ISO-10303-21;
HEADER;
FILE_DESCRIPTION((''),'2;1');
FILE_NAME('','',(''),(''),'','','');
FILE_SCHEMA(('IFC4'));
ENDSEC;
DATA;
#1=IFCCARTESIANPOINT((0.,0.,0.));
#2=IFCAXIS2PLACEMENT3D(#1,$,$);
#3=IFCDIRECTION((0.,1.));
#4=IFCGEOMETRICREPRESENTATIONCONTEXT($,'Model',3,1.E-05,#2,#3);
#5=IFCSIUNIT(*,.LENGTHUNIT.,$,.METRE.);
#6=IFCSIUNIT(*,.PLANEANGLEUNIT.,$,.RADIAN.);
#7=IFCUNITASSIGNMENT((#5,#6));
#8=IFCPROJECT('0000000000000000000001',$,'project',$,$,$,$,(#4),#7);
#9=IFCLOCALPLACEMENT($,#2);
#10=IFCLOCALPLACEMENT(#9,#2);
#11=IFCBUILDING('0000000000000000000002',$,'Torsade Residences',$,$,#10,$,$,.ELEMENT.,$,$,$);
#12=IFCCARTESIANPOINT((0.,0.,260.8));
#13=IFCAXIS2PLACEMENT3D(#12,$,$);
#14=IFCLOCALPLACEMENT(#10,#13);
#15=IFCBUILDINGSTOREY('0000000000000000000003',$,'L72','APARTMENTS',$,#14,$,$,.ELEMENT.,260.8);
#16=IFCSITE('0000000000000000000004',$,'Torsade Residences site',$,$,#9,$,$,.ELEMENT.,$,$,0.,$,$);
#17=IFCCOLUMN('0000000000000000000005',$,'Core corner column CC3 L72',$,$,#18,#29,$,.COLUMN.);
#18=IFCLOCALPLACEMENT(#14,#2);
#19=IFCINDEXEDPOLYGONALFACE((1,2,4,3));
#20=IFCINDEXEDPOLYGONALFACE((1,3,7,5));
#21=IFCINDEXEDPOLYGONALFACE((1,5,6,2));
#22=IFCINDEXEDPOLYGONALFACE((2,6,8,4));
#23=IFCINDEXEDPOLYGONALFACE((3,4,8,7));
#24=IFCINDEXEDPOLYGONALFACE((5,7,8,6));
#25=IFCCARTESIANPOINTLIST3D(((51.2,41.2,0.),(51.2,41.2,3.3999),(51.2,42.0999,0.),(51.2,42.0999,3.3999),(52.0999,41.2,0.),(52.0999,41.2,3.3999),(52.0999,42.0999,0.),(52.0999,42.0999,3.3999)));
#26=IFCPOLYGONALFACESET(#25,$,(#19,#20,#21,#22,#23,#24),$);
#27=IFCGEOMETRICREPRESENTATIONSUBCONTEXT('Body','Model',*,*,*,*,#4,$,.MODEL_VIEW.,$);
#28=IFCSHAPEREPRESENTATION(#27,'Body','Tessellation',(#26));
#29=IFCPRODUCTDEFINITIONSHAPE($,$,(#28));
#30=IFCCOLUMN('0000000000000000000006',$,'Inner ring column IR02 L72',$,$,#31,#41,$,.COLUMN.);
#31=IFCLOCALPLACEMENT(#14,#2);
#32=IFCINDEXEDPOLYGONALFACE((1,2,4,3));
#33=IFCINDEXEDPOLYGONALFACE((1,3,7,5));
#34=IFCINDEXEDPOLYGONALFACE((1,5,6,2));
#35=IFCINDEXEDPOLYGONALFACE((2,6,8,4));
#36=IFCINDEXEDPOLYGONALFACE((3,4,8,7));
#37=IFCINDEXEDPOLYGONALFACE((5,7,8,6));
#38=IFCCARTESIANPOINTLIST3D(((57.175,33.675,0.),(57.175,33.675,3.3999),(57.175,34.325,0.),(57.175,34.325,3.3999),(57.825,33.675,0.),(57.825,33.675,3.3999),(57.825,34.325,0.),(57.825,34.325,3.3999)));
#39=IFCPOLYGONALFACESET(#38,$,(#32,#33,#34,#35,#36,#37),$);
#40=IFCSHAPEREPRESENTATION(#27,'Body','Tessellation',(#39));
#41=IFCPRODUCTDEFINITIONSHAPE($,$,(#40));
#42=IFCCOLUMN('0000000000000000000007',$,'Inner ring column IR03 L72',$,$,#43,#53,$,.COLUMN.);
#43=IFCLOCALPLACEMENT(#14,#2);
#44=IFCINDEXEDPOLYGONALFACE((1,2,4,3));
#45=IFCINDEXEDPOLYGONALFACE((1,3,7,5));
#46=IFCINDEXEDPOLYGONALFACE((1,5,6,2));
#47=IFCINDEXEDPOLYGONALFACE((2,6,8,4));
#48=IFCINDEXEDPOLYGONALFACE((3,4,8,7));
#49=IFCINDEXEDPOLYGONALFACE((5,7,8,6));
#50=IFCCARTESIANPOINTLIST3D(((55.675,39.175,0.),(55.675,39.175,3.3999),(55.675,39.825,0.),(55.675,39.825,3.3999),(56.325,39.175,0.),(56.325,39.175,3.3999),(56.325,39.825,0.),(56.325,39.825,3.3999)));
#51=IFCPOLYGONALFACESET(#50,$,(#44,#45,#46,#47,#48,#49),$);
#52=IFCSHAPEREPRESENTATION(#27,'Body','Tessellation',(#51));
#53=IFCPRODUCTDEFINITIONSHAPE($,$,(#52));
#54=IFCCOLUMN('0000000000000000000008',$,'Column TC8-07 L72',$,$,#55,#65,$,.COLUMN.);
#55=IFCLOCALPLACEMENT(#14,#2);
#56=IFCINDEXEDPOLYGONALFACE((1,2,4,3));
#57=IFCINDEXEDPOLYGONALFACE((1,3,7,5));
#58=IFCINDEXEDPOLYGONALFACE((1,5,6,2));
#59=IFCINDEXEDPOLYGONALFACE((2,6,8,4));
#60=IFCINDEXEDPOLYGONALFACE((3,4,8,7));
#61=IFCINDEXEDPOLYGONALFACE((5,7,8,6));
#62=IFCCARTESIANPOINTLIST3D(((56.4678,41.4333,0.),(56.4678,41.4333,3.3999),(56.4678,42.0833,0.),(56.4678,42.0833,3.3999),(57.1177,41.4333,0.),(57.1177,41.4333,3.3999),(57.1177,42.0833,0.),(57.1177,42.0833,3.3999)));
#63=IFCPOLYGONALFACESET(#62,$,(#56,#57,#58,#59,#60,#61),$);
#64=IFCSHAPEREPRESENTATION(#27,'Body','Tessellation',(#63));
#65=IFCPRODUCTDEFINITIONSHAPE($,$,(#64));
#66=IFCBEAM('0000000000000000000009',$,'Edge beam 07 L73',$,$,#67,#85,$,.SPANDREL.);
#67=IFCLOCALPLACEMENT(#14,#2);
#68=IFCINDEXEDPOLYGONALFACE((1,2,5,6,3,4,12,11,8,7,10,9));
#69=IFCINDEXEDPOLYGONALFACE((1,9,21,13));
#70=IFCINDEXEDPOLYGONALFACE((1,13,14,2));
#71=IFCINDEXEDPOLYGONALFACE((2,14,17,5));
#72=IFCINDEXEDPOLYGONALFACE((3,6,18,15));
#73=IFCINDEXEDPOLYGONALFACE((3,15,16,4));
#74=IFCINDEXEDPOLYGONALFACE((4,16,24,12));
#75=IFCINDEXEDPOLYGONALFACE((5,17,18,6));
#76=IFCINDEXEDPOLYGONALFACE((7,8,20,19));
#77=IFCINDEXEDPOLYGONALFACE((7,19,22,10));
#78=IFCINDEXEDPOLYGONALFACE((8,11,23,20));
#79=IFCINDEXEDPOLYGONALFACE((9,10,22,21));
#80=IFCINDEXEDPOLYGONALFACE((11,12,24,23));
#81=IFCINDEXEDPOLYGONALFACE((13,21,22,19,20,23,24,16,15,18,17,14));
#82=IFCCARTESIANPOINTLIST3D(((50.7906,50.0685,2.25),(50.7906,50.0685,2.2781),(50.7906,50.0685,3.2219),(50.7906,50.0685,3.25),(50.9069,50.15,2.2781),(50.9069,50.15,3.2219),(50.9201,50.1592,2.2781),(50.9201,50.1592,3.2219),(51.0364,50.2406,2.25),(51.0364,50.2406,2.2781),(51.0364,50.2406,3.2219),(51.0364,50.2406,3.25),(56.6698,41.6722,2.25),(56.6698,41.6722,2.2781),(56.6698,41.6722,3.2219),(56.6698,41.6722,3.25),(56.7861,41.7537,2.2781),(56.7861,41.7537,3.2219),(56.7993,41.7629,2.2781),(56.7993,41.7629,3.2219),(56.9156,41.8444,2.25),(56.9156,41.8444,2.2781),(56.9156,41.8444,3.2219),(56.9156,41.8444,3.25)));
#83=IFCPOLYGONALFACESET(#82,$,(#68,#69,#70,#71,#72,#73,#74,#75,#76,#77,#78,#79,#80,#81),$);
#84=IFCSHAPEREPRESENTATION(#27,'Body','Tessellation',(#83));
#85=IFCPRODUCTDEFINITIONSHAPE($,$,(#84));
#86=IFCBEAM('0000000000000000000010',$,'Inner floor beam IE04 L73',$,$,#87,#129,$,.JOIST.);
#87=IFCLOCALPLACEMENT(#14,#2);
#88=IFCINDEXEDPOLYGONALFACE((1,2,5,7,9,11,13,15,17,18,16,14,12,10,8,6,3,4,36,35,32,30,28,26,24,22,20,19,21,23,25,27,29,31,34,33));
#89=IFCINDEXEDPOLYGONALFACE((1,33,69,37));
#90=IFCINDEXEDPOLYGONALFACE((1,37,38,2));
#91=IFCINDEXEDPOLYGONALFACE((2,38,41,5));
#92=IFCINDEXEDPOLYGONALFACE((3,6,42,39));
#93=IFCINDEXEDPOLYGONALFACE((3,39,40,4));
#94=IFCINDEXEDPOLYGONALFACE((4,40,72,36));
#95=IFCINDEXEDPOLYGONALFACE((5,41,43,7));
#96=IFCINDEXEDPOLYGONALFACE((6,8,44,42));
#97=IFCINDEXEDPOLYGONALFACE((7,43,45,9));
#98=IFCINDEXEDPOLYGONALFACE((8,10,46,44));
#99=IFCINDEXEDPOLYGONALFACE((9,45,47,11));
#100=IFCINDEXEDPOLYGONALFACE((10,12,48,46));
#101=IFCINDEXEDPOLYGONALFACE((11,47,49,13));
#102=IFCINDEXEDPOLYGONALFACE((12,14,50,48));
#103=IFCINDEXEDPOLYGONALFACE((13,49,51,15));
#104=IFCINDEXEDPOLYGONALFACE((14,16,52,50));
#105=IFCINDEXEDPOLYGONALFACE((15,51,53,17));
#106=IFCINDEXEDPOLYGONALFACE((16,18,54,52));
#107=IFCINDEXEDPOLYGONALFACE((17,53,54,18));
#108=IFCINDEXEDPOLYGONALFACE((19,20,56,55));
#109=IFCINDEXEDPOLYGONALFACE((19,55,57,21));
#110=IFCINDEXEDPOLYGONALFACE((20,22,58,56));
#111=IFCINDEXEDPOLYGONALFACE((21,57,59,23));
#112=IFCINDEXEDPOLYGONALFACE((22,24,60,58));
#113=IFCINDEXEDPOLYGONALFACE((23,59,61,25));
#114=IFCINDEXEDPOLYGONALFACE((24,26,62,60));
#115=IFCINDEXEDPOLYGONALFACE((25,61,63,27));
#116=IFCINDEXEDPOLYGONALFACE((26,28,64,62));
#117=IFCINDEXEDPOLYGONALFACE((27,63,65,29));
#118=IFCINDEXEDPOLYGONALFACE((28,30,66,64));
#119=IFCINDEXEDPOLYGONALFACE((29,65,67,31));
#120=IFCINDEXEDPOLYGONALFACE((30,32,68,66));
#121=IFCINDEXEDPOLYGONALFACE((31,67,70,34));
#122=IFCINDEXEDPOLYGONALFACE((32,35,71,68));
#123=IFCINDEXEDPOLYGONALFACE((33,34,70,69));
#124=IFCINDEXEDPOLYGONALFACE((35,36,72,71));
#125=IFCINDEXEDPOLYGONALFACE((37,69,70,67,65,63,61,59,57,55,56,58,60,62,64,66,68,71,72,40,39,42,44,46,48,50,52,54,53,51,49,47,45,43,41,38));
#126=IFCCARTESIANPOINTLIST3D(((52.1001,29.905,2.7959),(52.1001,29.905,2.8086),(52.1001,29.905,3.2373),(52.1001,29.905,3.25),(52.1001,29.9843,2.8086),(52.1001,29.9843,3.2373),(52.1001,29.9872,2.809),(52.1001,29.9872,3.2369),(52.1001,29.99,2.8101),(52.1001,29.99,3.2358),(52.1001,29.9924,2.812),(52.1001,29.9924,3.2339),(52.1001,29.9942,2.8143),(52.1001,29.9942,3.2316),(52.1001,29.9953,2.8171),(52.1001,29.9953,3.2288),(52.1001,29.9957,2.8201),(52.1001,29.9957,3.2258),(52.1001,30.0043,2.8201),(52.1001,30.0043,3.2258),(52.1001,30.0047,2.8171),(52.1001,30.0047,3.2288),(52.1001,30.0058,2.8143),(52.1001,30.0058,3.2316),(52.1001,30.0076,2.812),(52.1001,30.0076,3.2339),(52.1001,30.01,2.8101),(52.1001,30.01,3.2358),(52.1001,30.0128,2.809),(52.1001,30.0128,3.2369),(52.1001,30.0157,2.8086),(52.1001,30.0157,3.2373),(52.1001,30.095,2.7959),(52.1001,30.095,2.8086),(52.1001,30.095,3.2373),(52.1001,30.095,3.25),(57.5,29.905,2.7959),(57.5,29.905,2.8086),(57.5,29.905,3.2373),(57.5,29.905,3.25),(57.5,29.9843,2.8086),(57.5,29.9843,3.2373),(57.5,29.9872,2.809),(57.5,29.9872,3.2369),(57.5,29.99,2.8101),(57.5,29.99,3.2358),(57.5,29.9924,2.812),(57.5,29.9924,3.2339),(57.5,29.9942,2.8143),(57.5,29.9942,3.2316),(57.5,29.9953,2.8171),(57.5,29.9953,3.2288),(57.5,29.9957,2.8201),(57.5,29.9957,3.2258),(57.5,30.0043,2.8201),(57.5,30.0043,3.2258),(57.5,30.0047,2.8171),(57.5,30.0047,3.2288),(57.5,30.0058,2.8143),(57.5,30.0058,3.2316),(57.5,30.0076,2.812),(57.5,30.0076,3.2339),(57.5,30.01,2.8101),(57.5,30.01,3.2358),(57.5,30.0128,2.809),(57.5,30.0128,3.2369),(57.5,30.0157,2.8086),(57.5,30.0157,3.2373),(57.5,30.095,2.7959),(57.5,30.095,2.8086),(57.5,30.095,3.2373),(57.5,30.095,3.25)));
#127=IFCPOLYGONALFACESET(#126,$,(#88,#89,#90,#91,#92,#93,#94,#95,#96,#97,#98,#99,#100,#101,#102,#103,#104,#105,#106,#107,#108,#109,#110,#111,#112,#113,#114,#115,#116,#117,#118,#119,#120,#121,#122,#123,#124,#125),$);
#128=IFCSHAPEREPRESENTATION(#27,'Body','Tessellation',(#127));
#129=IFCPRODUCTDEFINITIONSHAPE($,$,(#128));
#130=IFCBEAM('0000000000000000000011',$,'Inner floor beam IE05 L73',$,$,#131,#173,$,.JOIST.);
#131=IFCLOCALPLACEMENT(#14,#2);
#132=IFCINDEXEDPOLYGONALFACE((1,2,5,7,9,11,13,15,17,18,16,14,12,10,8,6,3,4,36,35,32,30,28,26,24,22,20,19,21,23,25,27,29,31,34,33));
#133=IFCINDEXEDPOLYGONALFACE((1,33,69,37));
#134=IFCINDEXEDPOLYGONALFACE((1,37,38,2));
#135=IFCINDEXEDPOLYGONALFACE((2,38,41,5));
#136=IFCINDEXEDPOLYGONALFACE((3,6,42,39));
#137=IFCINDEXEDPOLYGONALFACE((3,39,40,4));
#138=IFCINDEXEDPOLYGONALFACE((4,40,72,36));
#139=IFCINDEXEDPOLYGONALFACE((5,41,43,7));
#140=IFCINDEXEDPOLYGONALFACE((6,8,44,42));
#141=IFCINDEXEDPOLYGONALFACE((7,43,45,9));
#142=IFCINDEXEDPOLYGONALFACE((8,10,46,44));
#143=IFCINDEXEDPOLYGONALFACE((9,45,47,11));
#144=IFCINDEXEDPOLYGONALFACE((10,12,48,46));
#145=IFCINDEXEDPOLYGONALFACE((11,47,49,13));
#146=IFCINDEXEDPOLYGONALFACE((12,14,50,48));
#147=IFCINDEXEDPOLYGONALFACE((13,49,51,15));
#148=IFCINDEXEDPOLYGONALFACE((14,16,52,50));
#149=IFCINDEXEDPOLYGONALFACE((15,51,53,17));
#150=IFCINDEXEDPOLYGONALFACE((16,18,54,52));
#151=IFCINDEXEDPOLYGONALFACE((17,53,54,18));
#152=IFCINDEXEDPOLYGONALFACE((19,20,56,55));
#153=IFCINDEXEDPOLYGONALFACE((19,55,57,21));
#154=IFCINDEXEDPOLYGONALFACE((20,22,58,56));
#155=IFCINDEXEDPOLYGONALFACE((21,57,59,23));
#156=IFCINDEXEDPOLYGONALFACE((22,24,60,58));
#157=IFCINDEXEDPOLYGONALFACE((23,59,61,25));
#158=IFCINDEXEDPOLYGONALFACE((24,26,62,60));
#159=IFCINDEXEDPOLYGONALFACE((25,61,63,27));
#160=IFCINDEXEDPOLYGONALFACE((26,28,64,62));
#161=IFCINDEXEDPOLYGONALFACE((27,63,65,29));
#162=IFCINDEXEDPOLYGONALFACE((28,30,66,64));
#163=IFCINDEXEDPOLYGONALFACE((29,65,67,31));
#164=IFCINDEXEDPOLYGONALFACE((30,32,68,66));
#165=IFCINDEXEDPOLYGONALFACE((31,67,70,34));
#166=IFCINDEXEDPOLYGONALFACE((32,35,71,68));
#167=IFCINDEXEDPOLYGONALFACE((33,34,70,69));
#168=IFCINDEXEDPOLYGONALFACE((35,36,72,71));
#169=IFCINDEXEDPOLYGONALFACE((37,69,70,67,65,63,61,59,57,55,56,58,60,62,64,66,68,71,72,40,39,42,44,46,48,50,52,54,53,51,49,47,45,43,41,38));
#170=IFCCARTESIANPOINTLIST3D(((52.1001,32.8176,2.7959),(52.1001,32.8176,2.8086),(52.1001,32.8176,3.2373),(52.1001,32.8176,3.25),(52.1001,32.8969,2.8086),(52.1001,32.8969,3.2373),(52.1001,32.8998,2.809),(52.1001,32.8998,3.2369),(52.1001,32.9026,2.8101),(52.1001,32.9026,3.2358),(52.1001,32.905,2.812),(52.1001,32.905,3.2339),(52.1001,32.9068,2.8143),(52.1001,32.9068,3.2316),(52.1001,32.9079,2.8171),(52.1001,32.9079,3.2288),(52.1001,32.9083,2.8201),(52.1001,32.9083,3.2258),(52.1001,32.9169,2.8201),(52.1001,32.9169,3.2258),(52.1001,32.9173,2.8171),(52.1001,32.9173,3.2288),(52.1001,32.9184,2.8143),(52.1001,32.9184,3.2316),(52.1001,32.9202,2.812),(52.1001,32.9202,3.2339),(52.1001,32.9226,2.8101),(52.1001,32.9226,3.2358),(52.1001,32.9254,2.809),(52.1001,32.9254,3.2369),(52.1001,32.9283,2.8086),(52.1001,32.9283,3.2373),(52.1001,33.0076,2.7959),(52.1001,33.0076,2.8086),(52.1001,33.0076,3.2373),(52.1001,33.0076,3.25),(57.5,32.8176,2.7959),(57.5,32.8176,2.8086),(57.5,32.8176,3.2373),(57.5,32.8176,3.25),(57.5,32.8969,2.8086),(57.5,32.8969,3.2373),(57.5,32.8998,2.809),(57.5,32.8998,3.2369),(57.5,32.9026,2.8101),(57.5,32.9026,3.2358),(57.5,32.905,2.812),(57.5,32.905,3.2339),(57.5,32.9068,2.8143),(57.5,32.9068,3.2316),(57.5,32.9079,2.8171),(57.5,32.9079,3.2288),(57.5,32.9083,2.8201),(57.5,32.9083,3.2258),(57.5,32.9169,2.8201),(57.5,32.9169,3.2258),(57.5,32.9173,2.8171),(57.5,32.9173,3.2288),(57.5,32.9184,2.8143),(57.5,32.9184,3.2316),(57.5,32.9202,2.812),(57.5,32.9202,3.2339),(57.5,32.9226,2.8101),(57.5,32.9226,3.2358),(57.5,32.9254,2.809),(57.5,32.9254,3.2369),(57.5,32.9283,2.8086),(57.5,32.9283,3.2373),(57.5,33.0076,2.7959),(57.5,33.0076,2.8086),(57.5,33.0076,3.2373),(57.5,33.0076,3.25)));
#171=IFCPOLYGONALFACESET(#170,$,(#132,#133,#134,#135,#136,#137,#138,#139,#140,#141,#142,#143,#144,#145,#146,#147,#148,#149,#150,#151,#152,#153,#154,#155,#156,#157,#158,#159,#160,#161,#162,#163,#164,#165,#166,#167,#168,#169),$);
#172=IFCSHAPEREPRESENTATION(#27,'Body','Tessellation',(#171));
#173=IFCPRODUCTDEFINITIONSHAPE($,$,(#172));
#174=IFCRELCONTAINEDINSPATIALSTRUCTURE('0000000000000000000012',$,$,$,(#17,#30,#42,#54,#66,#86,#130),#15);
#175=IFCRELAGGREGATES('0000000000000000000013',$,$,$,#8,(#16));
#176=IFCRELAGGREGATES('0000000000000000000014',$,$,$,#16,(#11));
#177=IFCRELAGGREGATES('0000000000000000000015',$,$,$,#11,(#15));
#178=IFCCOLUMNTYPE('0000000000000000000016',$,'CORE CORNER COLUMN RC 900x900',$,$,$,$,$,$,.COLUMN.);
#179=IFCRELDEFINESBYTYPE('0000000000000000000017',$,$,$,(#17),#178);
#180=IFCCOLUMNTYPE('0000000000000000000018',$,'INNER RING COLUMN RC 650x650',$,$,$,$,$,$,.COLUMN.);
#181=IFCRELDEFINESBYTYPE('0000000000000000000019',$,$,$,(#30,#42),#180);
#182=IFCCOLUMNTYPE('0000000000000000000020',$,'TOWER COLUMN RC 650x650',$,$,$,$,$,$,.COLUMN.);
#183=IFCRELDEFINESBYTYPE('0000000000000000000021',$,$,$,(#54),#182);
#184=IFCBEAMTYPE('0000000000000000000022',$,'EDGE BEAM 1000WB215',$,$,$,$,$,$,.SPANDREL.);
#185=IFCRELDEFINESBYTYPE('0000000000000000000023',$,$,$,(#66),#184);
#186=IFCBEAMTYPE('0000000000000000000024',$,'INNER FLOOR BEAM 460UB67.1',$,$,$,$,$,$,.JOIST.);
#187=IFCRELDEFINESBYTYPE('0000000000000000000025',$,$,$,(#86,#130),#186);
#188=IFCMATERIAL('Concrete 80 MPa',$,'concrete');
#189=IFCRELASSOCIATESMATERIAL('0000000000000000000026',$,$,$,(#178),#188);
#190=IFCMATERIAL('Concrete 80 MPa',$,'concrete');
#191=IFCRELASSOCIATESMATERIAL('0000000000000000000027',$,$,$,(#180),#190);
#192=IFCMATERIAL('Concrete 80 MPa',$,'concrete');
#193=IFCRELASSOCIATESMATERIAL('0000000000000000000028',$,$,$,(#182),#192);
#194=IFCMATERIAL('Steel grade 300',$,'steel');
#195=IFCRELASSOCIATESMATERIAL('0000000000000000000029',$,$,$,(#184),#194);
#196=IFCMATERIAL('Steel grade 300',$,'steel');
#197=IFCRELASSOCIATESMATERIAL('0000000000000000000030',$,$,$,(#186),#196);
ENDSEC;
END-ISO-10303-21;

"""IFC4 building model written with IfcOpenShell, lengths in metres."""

from ifc_helpers import new_model, si_unit, direction, frame, origin, origin_2d, place, context, subcontext, project, spatial, rectangle, i_section, extrude, material, material_profile, profile_set, type_object, element, save


model = new_model("IFC4")

# Units and contexts
model_context = context("Model", 3, precision=1e-05, world=origin(), true_north=direction((0.0, 1.0)))
body_context = subcontext(model_context, "Body", "Model", "MODEL_VIEW")
ifc_project = project(units=[si_unit("LENGTHUNIT", "METRE"), si_unit("PLANEANGLEUNIT", "RADIAN")], contexts=[model_context])

# Site, building, storey
site_placement = place(None, origin())
site = spatial("IfcSite", under=ifc_project, at=site_placement, Name="Torsade Residences site", CompositionType="ELEMENT", RefElevation=0.0)
building_placement = place(site_placement, origin())
building = spatial("IfcBuilding", under=site, at=building_placement, Name="Torsade Residences", CompositionType="ELEMENT")
storey_placement = place(building_placement, frame((0.0, 0.0, 260.8)))
storey = spatial("IfcBuildingStorey", under=building, at=storey_placement, Name="L72", Description="APARTMENTS", CompositionType="ELEMENT", Elevation=260.8)

# Columns
ifc_material_1 = material(Name="Concrete 80 MPa", Category="concrete")
ifc_material_profile_1 = material_profile(ifc_material_1, rectangle(XDim=0.8999, YDim=0.8999, at=origin_2d()), Name="RC 900x900")
ifc_profile_set_1 = profile_set([ifc_material_profile_1], Name="Concrete 80 MPa")
column_type_1 = type_object("IfcColumnType", Name="CORE CORNER COLUMN RC 900x900", PredefinedType="COLUMN", material=ifc_profile_set_1)
column_1_placement = place(storey_placement, frame((51.6499, 41.6499, 0.0), z_axis=(0.0, 0.0, 1.0), x_axis=(1.0, 0.0, 0.0)))
element("IfcColumn", 1, at=column_1_placement, inside=storey, type_object=column_type_1, Name="Core corner column CC3 L72", PredefinedType="COLUMN", context=body_context, shape_type="SweptSolid", body=[
    extrude(rectangle(XDim=0.8999, YDim=0.8999, at=origin_2d()), origin(), (0.0, 0.0, 1.0), 3.3999),
])
ifc_material_2 = material(Name="Concrete 80 MPa", Category="concrete")
ifc_material_profile_2 = material_profile(ifc_material_2, rectangle(XDim=0.6499, YDim=0.6499, at=origin_2d()), Name="RC 650x650")
ifc_profile_set_2 = profile_set([ifc_material_profile_2], Name="Concrete 80 MPa")
column_type_2 = type_object("IfcColumnType", Name="INNER RING COLUMN RC 650x650", PredefinedType="COLUMN", material=ifc_profile_set_2)
for number, where, z_axis, x_axis, name in (
    (2, (57.5, 34.0, 0.0), (0.0, 0.0, 1.0), (1.0, 0.0, 0.0), "Inner ring column IR02 L72"),
    (3, (56.0, 39.5, 0.0), (0.0, 0.0, 1.0), (1.0, 0.0, 0.0), "Inner ring column IR03 L72"),
):
    element("IfcColumn", number, at=place(storey_placement, frame(where, z_axis=z_axis, x_axis=x_axis)), inside=storey, type_object=column_type_2, Name=name, PredefinedType="COLUMN", context=body_context, shape_type="SweptSolid", body=[
        extrude(rectangle(XDim=0.6499, YDim=0.6499, at=origin_2d()), origin(), (0.0, 0.0, 1.0), 3.3999),
    ])
ifc_material_3 = material(Name="Concrete 80 MPa", Category="concrete")
ifc_material_profile_3 = material_profile(ifc_material_3, rectangle(XDim=0.6499, YDim=0.6499, at=origin_2d()), Name="RC 650x650")
ifc_profile_set_3 = profile_set([ifc_material_profile_3], Name="Concrete 80 MPa")
column_type_3 = type_object("IfcColumnType", Name="TOWER COLUMN RC 650x650", PredefinedType="COLUMN", material=ifc_profile_set_3)
column_2_placement = place(storey_placement, frame((56.7927, 41.7583, 0.0), z_axis=(0.0, 0.0, 1.0), x_axis=(1.0, 0.0, 0.0)))
element("IfcColumn", 4, at=column_2_placement, inside=storey, type_object=column_type_3, Name="Column TC8-07 L72", PredefinedType="COLUMN", context=body_context, shape_type="SweptSolid", body=[
    extrude(rectangle(XDim=0.6499, YDim=0.6499, at=origin_2d()), origin(), (0.0, 0.0, 1.0), 3.3999),
])

# Beams
ifc_material_4 = material(Name="Steel grade 300", Category="steel")
ifc_material_profile_4 = material_profile(ifc_material_4, i_section(OverallWidth=0.3, OverallDepth=1.0, WebThickness=0.0161, FlangeThickness=0.0281, at=origin_2d()), Name="1000WB215")
ifc_profile_set_4 = profile_set([ifc_material_profile_4], Name="Steel grade 300")
beam_type_1 = type_object("IfcBeamType", Name="EDGE BEAM 1000WB215", PredefinedType="SPANDREL", material=ifc_profile_set_4)
beam_1_placement = place(storey_placement, frame((56.7927, 41.7583, 2.75), z_axis=(-0.573579, 0.81915, 0.0), x_axis=(-0.81915, -0.573579, 0.0)))
element("IfcBeam", 5, at=beam_1_placement, inside=storey, type_object=beam_type_1, Name="Edge beam 07 L73", PredefinedType="SPANDREL", context=body_context, shape_type="SweptSolid", body=[
    extrude(i_section(OverallWidth=0.3, OverallDepth=1.0, WebThickness=0.0161, FlangeThickness=0.0281, at=origin_2d()), origin(), (0.0, 0.0, 1.0), 10.25),
])
ifc_material_5 = material(Name="Steel grade 300", Category="steel")
ifc_material_profile_5 = material_profile(ifc_material_5, i_section(OverallWidth=0.1899, OverallDepth=0.4541, WebThickness=0.0085, FlangeThickness=0.0127, FilletRadius=0.0115, at=origin_2d()), Name="460UB67.1")
ifc_profile_set_5 = profile_set([ifc_material_profile_5], Name="Steel grade 300")
beam_type_2 = type_object("IfcBeamType", Name="INNER FLOOR BEAM 460UB67.1", PredefinedType="JOIST", material=ifc_profile_set_5)
for number, where, z_axis, x_axis, name in (
    (6, (52.1001, 30.0, 3.0229), (1.0, 0.0, 0.0), (0.0, 1.0, 0.0), "Inner floor beam IE04 L73"),
    (7, (52.1001, 32.9126, 3.0229), (1.0, 0.0, 0.0), (0.0, 1.0, 0.0), "Inner floor beam IE05 L73"),
):
    element("IfcBeam", number, at=place(storey_placement, frame(where, z_axis=z_axis, x_axis=x_axis)), inside=storey, type_object=beam_type_2, Name=name, PredefinedType="JOIST", context=body_context, shape_type="SweptSolid", body=[
        extrude(i_section(OverallWidth=0.1899, OverallDepth=0.4541, WebThickness=0.0085, FlangeThickness=0.0127, FilletRadius=0.0115, at=origin_2d()), origin(), (0.0, 0.0, 1.0), 5.3999),
    ])

save(model, "model.ifc")
